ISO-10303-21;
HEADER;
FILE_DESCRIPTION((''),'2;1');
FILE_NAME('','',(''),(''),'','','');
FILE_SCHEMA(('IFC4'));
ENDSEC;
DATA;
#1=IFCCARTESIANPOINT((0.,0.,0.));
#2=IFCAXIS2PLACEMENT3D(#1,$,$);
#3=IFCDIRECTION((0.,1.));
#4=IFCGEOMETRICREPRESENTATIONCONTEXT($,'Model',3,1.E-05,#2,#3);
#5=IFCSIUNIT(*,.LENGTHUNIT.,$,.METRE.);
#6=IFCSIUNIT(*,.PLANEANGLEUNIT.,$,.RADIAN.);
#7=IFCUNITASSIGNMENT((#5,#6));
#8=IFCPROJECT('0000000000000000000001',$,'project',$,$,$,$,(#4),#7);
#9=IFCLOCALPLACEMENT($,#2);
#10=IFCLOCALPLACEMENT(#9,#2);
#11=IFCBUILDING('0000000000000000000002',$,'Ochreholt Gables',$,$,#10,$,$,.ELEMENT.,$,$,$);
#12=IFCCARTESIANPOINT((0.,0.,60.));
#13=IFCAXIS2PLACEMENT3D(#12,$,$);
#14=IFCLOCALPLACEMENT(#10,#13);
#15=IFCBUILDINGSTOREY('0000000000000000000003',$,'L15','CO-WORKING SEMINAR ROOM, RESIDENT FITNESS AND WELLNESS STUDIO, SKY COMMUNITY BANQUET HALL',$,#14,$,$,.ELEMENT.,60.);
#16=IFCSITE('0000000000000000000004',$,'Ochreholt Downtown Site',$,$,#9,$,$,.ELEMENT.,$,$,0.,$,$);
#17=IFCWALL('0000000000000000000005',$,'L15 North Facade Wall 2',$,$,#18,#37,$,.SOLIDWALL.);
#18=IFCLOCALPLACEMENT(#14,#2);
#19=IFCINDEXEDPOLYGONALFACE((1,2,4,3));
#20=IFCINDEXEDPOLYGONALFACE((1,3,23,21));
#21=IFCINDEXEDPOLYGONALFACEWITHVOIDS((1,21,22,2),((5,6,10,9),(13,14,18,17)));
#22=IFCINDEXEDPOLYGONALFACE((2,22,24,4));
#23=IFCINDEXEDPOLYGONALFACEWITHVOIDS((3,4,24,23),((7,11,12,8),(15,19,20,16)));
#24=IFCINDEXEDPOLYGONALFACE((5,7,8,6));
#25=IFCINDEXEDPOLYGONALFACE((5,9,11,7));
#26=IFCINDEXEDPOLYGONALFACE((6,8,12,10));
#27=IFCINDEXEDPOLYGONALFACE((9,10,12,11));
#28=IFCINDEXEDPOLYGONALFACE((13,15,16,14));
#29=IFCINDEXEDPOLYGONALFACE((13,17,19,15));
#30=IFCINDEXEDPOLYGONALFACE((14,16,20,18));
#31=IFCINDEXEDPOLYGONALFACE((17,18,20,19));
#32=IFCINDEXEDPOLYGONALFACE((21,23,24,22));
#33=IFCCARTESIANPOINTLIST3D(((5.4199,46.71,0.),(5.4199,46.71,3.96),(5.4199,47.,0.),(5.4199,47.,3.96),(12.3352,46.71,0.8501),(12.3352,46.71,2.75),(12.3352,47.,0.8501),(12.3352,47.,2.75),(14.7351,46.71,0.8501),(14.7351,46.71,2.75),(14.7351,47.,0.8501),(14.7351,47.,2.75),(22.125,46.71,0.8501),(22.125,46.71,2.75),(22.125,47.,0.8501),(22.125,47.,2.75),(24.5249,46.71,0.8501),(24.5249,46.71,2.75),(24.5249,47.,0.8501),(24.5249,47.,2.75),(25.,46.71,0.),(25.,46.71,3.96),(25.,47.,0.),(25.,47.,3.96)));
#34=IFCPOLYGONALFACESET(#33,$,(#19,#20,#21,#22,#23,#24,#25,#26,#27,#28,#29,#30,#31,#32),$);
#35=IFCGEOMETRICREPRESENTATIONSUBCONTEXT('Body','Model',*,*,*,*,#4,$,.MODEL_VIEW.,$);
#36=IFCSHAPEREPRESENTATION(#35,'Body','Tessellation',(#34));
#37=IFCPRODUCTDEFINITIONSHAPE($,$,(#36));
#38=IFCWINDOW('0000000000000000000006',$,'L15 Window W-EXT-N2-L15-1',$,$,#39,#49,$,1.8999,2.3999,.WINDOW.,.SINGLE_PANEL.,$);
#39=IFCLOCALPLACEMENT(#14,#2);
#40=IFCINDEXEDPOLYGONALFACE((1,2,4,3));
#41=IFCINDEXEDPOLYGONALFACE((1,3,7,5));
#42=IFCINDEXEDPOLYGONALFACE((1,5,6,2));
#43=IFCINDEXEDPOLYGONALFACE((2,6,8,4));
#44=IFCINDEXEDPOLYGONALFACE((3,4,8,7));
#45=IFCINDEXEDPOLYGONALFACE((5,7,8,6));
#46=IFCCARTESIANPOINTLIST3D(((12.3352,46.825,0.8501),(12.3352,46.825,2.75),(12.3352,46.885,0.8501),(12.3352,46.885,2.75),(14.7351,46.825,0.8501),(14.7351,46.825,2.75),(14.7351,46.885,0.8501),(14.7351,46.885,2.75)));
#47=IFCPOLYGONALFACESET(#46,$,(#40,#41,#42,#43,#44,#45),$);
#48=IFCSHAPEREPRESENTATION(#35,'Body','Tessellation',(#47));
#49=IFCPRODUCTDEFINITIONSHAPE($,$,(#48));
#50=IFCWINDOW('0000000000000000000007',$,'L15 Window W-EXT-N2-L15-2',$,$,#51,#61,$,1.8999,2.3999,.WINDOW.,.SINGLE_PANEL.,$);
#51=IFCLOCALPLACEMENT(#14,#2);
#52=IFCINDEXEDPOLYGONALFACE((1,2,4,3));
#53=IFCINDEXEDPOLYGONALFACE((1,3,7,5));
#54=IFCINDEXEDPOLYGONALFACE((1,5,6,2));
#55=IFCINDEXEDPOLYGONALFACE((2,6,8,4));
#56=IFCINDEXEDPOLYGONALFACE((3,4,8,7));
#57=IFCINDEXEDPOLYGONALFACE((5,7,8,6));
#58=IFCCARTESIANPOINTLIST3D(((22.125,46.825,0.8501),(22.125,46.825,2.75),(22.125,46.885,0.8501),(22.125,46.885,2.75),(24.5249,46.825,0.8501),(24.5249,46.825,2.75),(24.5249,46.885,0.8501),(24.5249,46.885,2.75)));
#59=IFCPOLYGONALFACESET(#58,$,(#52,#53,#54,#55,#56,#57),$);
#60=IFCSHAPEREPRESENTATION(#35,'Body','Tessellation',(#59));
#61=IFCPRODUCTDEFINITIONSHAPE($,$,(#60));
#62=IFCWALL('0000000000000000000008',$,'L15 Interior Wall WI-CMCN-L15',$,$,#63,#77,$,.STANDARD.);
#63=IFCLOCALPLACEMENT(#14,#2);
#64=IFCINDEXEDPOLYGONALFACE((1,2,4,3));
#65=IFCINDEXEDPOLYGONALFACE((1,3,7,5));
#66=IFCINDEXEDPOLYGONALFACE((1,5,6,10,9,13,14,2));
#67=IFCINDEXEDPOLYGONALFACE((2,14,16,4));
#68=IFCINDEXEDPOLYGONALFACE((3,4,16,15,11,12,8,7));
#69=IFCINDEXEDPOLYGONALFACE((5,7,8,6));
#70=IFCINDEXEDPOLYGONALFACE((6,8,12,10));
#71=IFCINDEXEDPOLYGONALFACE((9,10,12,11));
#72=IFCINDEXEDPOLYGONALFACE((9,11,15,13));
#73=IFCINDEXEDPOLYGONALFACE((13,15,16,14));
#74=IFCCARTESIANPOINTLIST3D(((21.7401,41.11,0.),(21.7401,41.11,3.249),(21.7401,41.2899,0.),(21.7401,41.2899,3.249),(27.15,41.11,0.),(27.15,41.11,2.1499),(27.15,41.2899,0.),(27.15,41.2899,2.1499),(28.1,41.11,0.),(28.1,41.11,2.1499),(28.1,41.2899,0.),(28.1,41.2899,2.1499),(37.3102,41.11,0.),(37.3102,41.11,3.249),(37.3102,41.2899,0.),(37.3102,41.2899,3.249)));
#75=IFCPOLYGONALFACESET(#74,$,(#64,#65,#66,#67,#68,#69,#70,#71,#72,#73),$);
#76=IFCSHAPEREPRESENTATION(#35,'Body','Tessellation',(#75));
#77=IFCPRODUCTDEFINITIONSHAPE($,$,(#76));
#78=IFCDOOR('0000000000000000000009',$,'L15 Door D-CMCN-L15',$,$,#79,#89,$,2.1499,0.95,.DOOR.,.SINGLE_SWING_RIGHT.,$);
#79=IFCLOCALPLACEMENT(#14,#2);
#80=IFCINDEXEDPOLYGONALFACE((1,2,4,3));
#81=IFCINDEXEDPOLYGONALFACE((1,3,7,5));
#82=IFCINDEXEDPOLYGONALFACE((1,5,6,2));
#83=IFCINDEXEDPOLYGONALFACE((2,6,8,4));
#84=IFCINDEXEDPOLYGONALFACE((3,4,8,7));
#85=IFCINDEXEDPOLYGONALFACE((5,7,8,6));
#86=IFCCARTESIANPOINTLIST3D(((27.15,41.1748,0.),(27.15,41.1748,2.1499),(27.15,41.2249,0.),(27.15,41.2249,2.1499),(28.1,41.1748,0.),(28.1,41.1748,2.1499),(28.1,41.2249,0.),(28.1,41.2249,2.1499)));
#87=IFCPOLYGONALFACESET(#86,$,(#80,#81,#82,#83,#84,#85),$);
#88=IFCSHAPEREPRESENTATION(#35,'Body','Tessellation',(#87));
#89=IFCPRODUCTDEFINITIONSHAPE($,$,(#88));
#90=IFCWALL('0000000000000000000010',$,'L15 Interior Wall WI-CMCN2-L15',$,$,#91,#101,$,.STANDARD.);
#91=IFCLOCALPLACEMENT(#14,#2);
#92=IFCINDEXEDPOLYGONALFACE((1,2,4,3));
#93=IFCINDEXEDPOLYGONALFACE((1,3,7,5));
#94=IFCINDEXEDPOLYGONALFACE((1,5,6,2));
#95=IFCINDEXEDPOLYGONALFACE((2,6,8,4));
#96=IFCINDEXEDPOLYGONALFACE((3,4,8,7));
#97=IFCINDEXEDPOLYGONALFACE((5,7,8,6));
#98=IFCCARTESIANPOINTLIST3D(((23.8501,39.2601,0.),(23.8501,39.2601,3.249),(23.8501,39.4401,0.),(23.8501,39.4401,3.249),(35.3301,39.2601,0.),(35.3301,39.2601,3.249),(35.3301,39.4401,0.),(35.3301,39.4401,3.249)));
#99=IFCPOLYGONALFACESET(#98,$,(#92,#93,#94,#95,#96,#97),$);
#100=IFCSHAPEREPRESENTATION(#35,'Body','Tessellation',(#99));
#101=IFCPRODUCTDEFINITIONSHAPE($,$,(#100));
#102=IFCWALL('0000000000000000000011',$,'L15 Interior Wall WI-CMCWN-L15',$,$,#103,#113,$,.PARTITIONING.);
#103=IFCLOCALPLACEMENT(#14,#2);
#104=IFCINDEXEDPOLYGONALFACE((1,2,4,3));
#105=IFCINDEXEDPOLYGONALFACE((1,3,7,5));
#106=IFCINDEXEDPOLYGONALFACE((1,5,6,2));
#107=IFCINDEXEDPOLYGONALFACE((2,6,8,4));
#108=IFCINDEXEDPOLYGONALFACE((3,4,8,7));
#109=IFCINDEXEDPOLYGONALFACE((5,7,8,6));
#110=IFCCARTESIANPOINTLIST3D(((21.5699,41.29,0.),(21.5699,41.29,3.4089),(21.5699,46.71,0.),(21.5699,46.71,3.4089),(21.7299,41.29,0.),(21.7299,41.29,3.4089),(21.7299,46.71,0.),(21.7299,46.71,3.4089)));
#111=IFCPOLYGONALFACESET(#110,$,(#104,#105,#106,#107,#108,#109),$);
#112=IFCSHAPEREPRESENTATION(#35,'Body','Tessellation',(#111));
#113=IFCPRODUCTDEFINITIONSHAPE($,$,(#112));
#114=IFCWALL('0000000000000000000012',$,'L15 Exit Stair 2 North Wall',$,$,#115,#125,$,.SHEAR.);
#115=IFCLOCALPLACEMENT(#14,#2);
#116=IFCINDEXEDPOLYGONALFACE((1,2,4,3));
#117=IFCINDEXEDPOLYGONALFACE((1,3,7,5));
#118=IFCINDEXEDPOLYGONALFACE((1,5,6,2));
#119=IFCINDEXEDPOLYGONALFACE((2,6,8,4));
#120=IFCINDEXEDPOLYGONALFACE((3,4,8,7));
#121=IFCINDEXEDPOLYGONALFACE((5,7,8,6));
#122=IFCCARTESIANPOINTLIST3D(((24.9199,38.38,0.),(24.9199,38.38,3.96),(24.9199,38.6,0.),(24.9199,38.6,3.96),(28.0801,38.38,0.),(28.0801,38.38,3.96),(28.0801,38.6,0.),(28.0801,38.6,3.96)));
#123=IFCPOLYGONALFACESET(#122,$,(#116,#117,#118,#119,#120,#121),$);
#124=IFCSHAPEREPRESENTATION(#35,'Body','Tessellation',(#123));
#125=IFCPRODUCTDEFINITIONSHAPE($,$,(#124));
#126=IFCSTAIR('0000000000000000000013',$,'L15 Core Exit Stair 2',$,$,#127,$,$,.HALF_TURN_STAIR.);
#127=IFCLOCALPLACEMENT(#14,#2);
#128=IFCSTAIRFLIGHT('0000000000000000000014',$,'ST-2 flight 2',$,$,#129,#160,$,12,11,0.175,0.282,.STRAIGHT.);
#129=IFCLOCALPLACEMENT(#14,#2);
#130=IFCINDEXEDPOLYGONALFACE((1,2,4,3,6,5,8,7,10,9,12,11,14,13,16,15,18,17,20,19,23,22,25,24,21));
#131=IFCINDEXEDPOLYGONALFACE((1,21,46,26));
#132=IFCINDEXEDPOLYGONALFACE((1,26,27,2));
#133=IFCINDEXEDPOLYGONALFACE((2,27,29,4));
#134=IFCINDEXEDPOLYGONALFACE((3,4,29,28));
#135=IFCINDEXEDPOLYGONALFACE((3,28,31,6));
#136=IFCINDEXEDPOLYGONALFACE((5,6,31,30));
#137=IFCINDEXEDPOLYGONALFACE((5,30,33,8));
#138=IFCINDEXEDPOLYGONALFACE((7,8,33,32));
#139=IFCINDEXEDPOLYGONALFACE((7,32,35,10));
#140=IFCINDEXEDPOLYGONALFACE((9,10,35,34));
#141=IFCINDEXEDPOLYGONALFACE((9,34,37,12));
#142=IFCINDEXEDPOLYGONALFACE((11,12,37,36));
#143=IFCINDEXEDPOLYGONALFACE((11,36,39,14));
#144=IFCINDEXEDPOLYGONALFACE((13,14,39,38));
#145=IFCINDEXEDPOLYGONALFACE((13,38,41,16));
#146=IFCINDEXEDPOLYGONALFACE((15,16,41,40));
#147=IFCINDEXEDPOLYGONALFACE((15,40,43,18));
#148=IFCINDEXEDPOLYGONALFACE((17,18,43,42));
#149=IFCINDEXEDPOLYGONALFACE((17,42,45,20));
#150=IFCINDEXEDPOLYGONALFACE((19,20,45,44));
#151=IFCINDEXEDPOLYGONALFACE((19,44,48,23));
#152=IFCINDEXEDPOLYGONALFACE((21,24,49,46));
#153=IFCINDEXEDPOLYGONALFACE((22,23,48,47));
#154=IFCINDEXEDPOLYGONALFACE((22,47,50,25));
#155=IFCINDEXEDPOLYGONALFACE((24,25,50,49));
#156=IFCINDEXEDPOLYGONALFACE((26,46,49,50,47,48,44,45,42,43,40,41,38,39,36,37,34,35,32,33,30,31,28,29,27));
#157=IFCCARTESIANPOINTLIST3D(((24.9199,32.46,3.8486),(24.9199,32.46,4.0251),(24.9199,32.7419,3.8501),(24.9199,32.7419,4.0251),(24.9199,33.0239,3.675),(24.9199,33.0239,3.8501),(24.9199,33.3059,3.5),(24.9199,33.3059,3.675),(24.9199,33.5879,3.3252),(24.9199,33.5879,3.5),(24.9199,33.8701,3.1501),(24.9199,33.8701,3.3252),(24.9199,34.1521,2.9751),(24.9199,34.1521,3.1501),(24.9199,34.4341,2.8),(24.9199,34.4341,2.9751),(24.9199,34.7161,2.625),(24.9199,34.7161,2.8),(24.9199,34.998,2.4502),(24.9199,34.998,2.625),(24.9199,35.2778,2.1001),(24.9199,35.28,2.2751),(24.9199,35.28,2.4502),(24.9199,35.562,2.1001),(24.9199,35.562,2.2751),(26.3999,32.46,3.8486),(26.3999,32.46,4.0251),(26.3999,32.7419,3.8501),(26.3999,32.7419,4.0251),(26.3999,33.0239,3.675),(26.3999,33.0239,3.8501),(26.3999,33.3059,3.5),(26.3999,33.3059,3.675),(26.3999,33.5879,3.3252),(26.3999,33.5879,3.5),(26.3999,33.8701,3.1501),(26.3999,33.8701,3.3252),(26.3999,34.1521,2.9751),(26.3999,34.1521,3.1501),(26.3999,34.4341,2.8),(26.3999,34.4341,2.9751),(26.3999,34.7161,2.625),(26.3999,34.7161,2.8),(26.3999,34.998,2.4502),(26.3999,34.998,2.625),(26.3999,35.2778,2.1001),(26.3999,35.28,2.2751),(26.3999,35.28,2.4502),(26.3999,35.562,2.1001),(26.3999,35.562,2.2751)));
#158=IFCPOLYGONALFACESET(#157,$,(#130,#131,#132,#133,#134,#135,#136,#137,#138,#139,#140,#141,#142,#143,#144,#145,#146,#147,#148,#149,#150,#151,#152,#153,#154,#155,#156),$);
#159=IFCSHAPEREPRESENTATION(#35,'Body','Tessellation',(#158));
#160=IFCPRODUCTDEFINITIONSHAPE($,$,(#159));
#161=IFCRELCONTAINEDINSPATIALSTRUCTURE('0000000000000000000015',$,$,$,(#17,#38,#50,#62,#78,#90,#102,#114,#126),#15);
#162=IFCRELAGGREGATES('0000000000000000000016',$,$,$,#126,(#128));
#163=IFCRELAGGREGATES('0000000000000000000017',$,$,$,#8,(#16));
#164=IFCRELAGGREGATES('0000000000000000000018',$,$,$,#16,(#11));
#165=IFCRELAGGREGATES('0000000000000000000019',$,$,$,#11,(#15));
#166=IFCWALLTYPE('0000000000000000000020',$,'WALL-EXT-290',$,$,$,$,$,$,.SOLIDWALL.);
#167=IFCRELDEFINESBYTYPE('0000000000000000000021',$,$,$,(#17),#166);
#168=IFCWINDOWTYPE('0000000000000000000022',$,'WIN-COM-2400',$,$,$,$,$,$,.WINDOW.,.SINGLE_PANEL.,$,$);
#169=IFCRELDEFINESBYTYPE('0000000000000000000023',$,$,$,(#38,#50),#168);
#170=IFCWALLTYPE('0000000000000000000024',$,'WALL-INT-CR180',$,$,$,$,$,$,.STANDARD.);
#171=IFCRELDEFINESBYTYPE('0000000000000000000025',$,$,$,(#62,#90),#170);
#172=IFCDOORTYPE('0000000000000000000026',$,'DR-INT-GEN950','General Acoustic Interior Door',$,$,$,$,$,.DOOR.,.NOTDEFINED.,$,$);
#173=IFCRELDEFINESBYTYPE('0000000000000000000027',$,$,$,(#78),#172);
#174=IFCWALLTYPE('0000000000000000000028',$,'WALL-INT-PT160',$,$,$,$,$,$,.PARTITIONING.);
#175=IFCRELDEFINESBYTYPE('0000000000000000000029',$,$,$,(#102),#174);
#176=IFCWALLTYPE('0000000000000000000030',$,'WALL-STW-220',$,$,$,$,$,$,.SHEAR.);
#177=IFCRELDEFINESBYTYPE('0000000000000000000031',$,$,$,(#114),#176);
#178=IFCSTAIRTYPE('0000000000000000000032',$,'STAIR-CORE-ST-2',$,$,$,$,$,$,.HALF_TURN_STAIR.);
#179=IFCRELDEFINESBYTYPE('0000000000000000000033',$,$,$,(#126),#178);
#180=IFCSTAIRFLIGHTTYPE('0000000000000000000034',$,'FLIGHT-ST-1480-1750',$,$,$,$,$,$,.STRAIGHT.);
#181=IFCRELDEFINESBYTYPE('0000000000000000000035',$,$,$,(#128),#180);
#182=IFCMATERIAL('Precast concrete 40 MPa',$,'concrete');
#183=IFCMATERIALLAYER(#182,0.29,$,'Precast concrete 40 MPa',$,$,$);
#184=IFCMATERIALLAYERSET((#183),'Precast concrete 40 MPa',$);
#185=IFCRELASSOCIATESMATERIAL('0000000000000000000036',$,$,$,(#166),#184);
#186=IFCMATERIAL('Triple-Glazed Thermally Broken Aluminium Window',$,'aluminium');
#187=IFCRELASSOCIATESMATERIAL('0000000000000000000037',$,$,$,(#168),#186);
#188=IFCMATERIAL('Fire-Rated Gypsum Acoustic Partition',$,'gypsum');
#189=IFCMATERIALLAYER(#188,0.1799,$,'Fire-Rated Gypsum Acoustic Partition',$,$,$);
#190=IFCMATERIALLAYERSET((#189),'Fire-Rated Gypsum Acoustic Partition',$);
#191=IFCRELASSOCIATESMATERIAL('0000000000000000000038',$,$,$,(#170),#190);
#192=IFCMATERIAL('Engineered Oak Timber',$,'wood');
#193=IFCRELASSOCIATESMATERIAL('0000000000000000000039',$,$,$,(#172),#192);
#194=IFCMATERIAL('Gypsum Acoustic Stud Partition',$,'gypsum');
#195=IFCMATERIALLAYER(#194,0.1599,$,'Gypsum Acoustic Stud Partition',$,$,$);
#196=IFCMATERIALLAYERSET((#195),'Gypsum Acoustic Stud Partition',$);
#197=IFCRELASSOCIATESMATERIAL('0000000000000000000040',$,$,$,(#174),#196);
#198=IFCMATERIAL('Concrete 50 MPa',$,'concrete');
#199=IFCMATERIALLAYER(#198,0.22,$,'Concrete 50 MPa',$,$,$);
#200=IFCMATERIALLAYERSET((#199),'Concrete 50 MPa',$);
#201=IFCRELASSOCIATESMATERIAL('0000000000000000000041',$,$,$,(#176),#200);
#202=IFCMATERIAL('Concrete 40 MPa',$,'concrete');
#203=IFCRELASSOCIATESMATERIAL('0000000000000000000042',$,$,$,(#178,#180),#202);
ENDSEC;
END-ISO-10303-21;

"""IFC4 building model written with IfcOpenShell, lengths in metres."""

from ifc_helpers import new_model, si_unit, direction, frame, frame_2d, origin, place, context, subcontext, project, spatial, polyline, rectangle, outline, extrude, material, layer, layer_set, type_object, element, fill, aggregate, save


model = new_model("IFC4")

# Units and contexts
model_context = context("Model", 3, precision=1e-05, world=origin(), true_north=direction((0.0, 1.0)))
body_context = subcontext(model_context, "Body", "Model", "MODEL_VIEW")
ifc_project = project(units=[si_unit("LENGTHUNIT", "METRE"), si_unit("PLANEANGLEUNIT", "RADIAN")], contexts=[model_context])

# Site, building, storey
site_placement = place(None, origin())
site = spatial("IfcSite", under=ifc_project, at=site_placement, Name="Ochreholt Downtown Site", CompositionType="ELEMENT", RefElevation=0.0)
building_placement = place(site_placement, origin())
building = spatial("IfcBuilding", under=site, at=building_placement, Name="Ochreholt Gables", CompositionType="ELEMENT")
storey_placement = place(building_placement, frame((0.0, 0.0, 60.0)))
storey = spatial("IfcBuildingStorey", under=building, at=storey_placement, Name="L15", Description="CO-WORKING SEMINAR ROOM, RESIDENT FITNESS AND WELLNESS STUDIO, SKY COMMUNITY BANQUET HALL", CompositionType="ELEMENT", Elevation=60.0)

# Wall, openings, windows
ifc_material_1 = material(Name="Precast concrete 40 MPa", Category="concrete")
ifc_layer_1 = layer(ifc_material_1, 0.29, Name="Precast concrete 40 MPa")
ifc_layer_set_1 = layer_set([ifc_layer_1], Name="Precast concrete 40 MPa")
wall_type_1 = type_object("IfcWallType", Name="WALL-EXT-290", PredefinedType="SOLIDWALL", material=ifc_layer_set_1)
wall_1_placement = place(storey_placement, frame((25.0, 46.855, 0.0), z_axis=(0.0, 0.0, 1.0), x_axis=(-1.0, 0.0, 0.0)))
wall_1 = element("IfcWall", 1, at=wall_1_placement, inside=storey, type_object=wall_type_1, Name="L15 North Facade Wall 2", PredefinedType="SOLIDWALL", context=body_context, shape_type="SweptSolid", body=[
    extrude(rectangle(XDim=19.5801, YDim=0.29, at=frame_2d((9.79, 0.0))), origin(), (0.0, 0.0, 1.0), 3.96),
])
opening_1_placement = place(wall_1_placement, frame((10.2649, 0.0, 0.8501)))
opening_1 = element("IfcOpeningElement", 2, at=opening_1_placement, cuts=wall_1, PredefinedType="OPENING", context=body_context, shape_type="SweptSolid", body=[
    extrude(rectangle(XDim=2.3999, YDim=1.8999, at=frame_2d((1.2, 0.95))), frame((0.0, 0.155, 0.0), z_axis=(0.0, -1.0, 0.0), x_axis=(1.0, 0.0, 0.0)), (0.0, 0.0, 1.0), 0.3101),
])
opening_2_placement = place(wall_1_placement, frame((0.4751, 0.0, 0.8501)))
opening_2 = element("IfcOpeningElement", 3, at=opening_2_placement, cuts=wall_1, PredefinedType="OPENING", context=body_context, shape_type="SweptSolid", body=[
    extrude(rectangle(XDim=2.3999, YDim=1.8999, at=frame_2d((1.2, 0.95))), frame((0.0, 0.155, 0.0), z_axis=(0.0, -1.0, 0.0), x_axis=(1.0, 0.0, 0.0)), (0.0, 0.0, 1.0), 0.3101),
])
ifc_material_2 = material(Name="Triple-Glazed Thermally Broken Aluminium Window", Category="aluminium")
window_type = type_object("IfcWindowType", Name="WIN-COM-2400", PartitioningType="SINGLE_PANEL", PredefinedType="WINDOW", material=ifc_material_2)
window_1_placement = place(opening_1_placement, origin())
window_1 = element("IfcWindow", 4, at=window_1_placement, inside=storey, type_object=window_type, Name="L15 Window W-EXT-N2-L15-1", OverallHeight=1.8999, OverallWidth=2.3999, PartitioningType="SINGLE_PANEL", PredefinedType="WINDOW", context=body_context, shape_type="SweptSolid", body=[
    extrude(rectangle(XDim=2.3999, YDim=1.8999, at=frame_2d((1.2, 0.95))), frame((0.0, 0.03, 0.0), z_axis=(0.0, -1.0, 0.0), x_axis=(1.0, 0.0, 0.0)), (0.0, 0.0, 1.0), 0.0601),
])
fill(opening_1, window_1)
window_2_placement = place(opening_2_placement, origin())
window_2 = element("IfcWindow", 5, at=window_2_placement, inside=storey, type_object=window_type, Name="L15 Window W-EXT-N2-L15-2", OverallHeight=1.8999, OverallWidth=2.3999, PartitioningType="SINGLE_PANEL", PredefinedType="WINDOW", context=body_context, shape_type="SweptSolid", body=[
    extrude(rectangle(XDim=2.3999, YDim=1.8999, at=frame_2d((1.2, 0.95))), frame((0.0, 0.03, 0.0), z_axis=(0.0, -1.0, 0.0), x_axis=(1.0, 0.0, 0.0)), (0.0, 0.0, 1.0), 0.0601),
])
fill(opening_2, window_2)

# Wall, opening, door
ifc_material_3 = material(Name="Fire-Rated Gypsum Acoustic Partition", Category="gypsum")
ifc_layer_2 = layer(ifc_material_3, 0.1799, Name="Fire-Rated Gypsum Acoustic Partition")
ifc_layer_set_2 = layer_set([ifc_layer_2], Name="Fire-Rated Gypsum Acoustic Partition")
wall_type_2 = type_object("IfcWallType", Name="WALL-INT-CR180", PredefinedType="STANDARD", material=ifc_layer_set_2)
wall_2_placement = place(storey_placement, frame((21.74, 41.2, 0.0), z_axis=(0.0, 0.0, 1.0), x_axis=(1.0, 0.0, 0.0)))
wall_2 = element("IfcWall", 6, at=wall_2_placement, inside=storey, type_object=wall_type_2, Name="L15 Interior Wall WI-CMCN-L15", PredefinedType="STANDARD", context=body_context, shape_type="SweptSolid", body=[
    extrude(rectangle(XDim=15.5701, YDim=0.1799, at=frame_2d((7.7852, 0.0))), origin(), (0.0, 0.0, 1.0), 3.249),
])
opening_3_placement = place(wall_2_placement, frame((5.4099, 0.0, 0.0)))
opening_3 = element("IfcOpeningElement", 7, at=opening_3_placement, cuts=wall_2, PredefinedType="OPENING", context=body_context, shape_type="SweptSolid", body=[
    extrude(rectangle(XDim=0.95, YDim=2.1499, at=frame_2d((0.4751, 1.075))), frame((0.0, 0.0999, 0.0), z_axis=(0.0, -1.0, 0.0), x_axis=(1.0, 0.0, 0.0)), (0.0, 0.0, 1.0), 0.2),
])
ifc_material_4 = material(Name="Engineered Oak Timber", Category="wood")
door_type = type_object("IfcDoorType", Name="DR-INT-GEN950", Description="General Acoustic Interior Door", OperationType="NOTDEFINED", PredefinedType="DOOR", material=ifc_material_4)
door_placement = place(opening_3_placement, origin())
door = element("IfcDoor", 8, at=door_placement, inside=storey, type_object=door_type, Name="L15 Door D-CMCN-L15", OperationType="SINGLE_SWING_RIGHT", OverallHeight=2.1499, OverallWidth=0.95, PredefinedType="DOOR", context=body_context, shape_type="SweptSolid", body=[
    extrude(rectangle(XDim=0.95, YDim=2.1499, at=frame_2d((0.4751, 1.075))), frame((0.0, 0.0249, 0.0), z_axis=(0.0, -1.0, 0.0), x_axis=(1.0, 0.0, 0.0)), (0.0, 0.0, 1.0), 0.05),
])
fill(opening_3, door)

# Walls
wall_3_placement = place(storey_placement, frame((23.8501, 39.3501, 0.0), z_axis=(0.0, 0.0, 1.0), x_axis=(1.0, 0.0, 0.0)))
element("IfcWall", 9, at=wall_3_placement, inside=storey, type_object=wall_type_2, Name="L15 Interior Wall WI-CMCN2-L15", PredefinedType="STANDARD", context=body_context, shape_type="SweptSolid", body=[
    extrude(rectangle(XDim=11.48, YDim=0.1799, at=frame_2d((5.74, 0.0))), origin(), (0.0, 0.0, 1.0), 3.249),
])
ifc_material_5 = material(Name="Gypsum Acoustic Stud Partition", Category="gypsum")
ifc_layer_3 = layer(ifc_material_5, 0.1599, Name="Gypsum Acoustic Stud Partition")
ifc_layer_set_3 = layer_set([ifc_layer_3], Name="Gypsum Acoustic Stud Partition")
wall_type_3 = type_object("IfcWallType", Name="WALL-INT-PT160", PredefinedType="PARTITIONING", material=ifc_layer_set_3)
wall_4_placement = place(storey_placement, frame((21.6499, 41.29, 0.0), z_axis=(0.0, 0.0, 1.0), x_axis=(0.0, 1.0, 0.0)))
element("IfcWall", 10, at=wall_4_placement, inside=storey, type_object=wall_type_3, Name="L15 Interior Wall WI-CMCWN-L15", PredefinedType="PARTITIONING", context=body_context, shape_type="SweptSolid", body=[
    extrude(rectangle(XDim=5.4199, YDim=0.1599, at=frame_2d((2.71, 0.0))), origin(), (0.0, 0.0, 1.0), 3.4089),
])
ifc_material_6 = material(Name="Concrete 50 MPa", Category="concrete")
ifc_layer_4 = layer(ifc_material_6, 0.22, Name="Concrete 50 MPa")
ifc_layer_set_4 = layer_set([ifc_layer_4], Name="Concrete 50 MPa")
wall_type_4 = type_object("IfcWallType", Name="WALL-STW-220", PredefinedType="SHEAR", material=ifc_layer_set_4)
wall_5_placement = place(storey_placement, frame((24.9199, 38.49, 0.0), z_axis=(0.0, 0.0, 1.0), x_axis=(1.0, 0.0, 0.0)))
element("IfcWall", 11, at=wall_5_placement, inside=storey, type_object=wall_type_4, Name="L15 Exit Stair 2 North Wall", PredefinedType="SHEAR", context=body_context, shape_type="SweptSolid", body=[
    extrude(rectangle(XDim=3.1602, YDim=0.22, at=frame_2d((1.5801, 0.0))), origin(), (0.0, 0.0, 1.0), 3.96),
])

# Stair, stair flight
ifc_material_7 = material(Name="Concrete 40 MPa", Category="concrete")
stair_type = type_object("IfcStairType", Name="STAIR-CORE-ST-2", PredefinedType="HALF_TURN_STAIR", material=ifc_material_7)
stair_placement = place(storey_placement, origin())
stair = element("IfcStair", 12, at=stair_placement, inside=storey, type_object=stair_type, Name="L15 Core Exit Stair 2", PredefinedType="HALF_TURN_STAIR")
stair_flight_type = type_object("IfcStairFlightType", Name="FLIGHT-ST-1480-1750", PredefinedType="STRAIGHT", material=ifc_material_7)
stair_flight_placement = place(storey_placement, frame((25.6599, 35.562, 2.1001), z_axis=(0.0, 0.0, 1.0), x_axis=(0.0, -1.0, 0.0)))
stair_flight = element("IfcStairFlight", 13, at=stair_flight_placement, type_object=stair_flight_type, Name="ST-2 flight 2", NumberOfRisers=12, NumberOfTreads=11, PredefinedType="STRAIGHT", RiserHeight=0.175, TreadLength=0.282, context=body_context, shape_type="SweptSolid", body=[
    extrude(outline(polyline([(0.0, 0.0), (0.0, 0.175), (0.282, 0.175), (0.282, 0.3501), (0.564, 0.3501), (0.564, 0.5249), (0.8459, 0.5249), (0.8459, 0.7), (1.1279, 0.7), (1.1279, 0.875), (1.4099, 0.875), (1.4099, 1.05), (1.6919, 1.05), (1.6919, 1.2251), (1.9741, 1.2251), (1.9741, 1.3999), (2.2561, 1.3999), (2.2561, 1.575), (2.5381, 1.575), (2.5381, 1.75), (2.8201, 1.75), (2.8201, 1.925), (3.1021, 1.925), (3.1021, 2.1001), (3.1021, 1.7485), (0.2842, 0.0), (0.0, 0.0)])), frame((0.0, 0.74, 0.0), z_axis=(0.0, -1.0, 0.0), x_axis=(1.0, 0.0, 0.0)), (0.0, 0.0, 1.0), 1.48),
])
aggregate(stair, [stair_flight])

save(model, "model.ifc")
